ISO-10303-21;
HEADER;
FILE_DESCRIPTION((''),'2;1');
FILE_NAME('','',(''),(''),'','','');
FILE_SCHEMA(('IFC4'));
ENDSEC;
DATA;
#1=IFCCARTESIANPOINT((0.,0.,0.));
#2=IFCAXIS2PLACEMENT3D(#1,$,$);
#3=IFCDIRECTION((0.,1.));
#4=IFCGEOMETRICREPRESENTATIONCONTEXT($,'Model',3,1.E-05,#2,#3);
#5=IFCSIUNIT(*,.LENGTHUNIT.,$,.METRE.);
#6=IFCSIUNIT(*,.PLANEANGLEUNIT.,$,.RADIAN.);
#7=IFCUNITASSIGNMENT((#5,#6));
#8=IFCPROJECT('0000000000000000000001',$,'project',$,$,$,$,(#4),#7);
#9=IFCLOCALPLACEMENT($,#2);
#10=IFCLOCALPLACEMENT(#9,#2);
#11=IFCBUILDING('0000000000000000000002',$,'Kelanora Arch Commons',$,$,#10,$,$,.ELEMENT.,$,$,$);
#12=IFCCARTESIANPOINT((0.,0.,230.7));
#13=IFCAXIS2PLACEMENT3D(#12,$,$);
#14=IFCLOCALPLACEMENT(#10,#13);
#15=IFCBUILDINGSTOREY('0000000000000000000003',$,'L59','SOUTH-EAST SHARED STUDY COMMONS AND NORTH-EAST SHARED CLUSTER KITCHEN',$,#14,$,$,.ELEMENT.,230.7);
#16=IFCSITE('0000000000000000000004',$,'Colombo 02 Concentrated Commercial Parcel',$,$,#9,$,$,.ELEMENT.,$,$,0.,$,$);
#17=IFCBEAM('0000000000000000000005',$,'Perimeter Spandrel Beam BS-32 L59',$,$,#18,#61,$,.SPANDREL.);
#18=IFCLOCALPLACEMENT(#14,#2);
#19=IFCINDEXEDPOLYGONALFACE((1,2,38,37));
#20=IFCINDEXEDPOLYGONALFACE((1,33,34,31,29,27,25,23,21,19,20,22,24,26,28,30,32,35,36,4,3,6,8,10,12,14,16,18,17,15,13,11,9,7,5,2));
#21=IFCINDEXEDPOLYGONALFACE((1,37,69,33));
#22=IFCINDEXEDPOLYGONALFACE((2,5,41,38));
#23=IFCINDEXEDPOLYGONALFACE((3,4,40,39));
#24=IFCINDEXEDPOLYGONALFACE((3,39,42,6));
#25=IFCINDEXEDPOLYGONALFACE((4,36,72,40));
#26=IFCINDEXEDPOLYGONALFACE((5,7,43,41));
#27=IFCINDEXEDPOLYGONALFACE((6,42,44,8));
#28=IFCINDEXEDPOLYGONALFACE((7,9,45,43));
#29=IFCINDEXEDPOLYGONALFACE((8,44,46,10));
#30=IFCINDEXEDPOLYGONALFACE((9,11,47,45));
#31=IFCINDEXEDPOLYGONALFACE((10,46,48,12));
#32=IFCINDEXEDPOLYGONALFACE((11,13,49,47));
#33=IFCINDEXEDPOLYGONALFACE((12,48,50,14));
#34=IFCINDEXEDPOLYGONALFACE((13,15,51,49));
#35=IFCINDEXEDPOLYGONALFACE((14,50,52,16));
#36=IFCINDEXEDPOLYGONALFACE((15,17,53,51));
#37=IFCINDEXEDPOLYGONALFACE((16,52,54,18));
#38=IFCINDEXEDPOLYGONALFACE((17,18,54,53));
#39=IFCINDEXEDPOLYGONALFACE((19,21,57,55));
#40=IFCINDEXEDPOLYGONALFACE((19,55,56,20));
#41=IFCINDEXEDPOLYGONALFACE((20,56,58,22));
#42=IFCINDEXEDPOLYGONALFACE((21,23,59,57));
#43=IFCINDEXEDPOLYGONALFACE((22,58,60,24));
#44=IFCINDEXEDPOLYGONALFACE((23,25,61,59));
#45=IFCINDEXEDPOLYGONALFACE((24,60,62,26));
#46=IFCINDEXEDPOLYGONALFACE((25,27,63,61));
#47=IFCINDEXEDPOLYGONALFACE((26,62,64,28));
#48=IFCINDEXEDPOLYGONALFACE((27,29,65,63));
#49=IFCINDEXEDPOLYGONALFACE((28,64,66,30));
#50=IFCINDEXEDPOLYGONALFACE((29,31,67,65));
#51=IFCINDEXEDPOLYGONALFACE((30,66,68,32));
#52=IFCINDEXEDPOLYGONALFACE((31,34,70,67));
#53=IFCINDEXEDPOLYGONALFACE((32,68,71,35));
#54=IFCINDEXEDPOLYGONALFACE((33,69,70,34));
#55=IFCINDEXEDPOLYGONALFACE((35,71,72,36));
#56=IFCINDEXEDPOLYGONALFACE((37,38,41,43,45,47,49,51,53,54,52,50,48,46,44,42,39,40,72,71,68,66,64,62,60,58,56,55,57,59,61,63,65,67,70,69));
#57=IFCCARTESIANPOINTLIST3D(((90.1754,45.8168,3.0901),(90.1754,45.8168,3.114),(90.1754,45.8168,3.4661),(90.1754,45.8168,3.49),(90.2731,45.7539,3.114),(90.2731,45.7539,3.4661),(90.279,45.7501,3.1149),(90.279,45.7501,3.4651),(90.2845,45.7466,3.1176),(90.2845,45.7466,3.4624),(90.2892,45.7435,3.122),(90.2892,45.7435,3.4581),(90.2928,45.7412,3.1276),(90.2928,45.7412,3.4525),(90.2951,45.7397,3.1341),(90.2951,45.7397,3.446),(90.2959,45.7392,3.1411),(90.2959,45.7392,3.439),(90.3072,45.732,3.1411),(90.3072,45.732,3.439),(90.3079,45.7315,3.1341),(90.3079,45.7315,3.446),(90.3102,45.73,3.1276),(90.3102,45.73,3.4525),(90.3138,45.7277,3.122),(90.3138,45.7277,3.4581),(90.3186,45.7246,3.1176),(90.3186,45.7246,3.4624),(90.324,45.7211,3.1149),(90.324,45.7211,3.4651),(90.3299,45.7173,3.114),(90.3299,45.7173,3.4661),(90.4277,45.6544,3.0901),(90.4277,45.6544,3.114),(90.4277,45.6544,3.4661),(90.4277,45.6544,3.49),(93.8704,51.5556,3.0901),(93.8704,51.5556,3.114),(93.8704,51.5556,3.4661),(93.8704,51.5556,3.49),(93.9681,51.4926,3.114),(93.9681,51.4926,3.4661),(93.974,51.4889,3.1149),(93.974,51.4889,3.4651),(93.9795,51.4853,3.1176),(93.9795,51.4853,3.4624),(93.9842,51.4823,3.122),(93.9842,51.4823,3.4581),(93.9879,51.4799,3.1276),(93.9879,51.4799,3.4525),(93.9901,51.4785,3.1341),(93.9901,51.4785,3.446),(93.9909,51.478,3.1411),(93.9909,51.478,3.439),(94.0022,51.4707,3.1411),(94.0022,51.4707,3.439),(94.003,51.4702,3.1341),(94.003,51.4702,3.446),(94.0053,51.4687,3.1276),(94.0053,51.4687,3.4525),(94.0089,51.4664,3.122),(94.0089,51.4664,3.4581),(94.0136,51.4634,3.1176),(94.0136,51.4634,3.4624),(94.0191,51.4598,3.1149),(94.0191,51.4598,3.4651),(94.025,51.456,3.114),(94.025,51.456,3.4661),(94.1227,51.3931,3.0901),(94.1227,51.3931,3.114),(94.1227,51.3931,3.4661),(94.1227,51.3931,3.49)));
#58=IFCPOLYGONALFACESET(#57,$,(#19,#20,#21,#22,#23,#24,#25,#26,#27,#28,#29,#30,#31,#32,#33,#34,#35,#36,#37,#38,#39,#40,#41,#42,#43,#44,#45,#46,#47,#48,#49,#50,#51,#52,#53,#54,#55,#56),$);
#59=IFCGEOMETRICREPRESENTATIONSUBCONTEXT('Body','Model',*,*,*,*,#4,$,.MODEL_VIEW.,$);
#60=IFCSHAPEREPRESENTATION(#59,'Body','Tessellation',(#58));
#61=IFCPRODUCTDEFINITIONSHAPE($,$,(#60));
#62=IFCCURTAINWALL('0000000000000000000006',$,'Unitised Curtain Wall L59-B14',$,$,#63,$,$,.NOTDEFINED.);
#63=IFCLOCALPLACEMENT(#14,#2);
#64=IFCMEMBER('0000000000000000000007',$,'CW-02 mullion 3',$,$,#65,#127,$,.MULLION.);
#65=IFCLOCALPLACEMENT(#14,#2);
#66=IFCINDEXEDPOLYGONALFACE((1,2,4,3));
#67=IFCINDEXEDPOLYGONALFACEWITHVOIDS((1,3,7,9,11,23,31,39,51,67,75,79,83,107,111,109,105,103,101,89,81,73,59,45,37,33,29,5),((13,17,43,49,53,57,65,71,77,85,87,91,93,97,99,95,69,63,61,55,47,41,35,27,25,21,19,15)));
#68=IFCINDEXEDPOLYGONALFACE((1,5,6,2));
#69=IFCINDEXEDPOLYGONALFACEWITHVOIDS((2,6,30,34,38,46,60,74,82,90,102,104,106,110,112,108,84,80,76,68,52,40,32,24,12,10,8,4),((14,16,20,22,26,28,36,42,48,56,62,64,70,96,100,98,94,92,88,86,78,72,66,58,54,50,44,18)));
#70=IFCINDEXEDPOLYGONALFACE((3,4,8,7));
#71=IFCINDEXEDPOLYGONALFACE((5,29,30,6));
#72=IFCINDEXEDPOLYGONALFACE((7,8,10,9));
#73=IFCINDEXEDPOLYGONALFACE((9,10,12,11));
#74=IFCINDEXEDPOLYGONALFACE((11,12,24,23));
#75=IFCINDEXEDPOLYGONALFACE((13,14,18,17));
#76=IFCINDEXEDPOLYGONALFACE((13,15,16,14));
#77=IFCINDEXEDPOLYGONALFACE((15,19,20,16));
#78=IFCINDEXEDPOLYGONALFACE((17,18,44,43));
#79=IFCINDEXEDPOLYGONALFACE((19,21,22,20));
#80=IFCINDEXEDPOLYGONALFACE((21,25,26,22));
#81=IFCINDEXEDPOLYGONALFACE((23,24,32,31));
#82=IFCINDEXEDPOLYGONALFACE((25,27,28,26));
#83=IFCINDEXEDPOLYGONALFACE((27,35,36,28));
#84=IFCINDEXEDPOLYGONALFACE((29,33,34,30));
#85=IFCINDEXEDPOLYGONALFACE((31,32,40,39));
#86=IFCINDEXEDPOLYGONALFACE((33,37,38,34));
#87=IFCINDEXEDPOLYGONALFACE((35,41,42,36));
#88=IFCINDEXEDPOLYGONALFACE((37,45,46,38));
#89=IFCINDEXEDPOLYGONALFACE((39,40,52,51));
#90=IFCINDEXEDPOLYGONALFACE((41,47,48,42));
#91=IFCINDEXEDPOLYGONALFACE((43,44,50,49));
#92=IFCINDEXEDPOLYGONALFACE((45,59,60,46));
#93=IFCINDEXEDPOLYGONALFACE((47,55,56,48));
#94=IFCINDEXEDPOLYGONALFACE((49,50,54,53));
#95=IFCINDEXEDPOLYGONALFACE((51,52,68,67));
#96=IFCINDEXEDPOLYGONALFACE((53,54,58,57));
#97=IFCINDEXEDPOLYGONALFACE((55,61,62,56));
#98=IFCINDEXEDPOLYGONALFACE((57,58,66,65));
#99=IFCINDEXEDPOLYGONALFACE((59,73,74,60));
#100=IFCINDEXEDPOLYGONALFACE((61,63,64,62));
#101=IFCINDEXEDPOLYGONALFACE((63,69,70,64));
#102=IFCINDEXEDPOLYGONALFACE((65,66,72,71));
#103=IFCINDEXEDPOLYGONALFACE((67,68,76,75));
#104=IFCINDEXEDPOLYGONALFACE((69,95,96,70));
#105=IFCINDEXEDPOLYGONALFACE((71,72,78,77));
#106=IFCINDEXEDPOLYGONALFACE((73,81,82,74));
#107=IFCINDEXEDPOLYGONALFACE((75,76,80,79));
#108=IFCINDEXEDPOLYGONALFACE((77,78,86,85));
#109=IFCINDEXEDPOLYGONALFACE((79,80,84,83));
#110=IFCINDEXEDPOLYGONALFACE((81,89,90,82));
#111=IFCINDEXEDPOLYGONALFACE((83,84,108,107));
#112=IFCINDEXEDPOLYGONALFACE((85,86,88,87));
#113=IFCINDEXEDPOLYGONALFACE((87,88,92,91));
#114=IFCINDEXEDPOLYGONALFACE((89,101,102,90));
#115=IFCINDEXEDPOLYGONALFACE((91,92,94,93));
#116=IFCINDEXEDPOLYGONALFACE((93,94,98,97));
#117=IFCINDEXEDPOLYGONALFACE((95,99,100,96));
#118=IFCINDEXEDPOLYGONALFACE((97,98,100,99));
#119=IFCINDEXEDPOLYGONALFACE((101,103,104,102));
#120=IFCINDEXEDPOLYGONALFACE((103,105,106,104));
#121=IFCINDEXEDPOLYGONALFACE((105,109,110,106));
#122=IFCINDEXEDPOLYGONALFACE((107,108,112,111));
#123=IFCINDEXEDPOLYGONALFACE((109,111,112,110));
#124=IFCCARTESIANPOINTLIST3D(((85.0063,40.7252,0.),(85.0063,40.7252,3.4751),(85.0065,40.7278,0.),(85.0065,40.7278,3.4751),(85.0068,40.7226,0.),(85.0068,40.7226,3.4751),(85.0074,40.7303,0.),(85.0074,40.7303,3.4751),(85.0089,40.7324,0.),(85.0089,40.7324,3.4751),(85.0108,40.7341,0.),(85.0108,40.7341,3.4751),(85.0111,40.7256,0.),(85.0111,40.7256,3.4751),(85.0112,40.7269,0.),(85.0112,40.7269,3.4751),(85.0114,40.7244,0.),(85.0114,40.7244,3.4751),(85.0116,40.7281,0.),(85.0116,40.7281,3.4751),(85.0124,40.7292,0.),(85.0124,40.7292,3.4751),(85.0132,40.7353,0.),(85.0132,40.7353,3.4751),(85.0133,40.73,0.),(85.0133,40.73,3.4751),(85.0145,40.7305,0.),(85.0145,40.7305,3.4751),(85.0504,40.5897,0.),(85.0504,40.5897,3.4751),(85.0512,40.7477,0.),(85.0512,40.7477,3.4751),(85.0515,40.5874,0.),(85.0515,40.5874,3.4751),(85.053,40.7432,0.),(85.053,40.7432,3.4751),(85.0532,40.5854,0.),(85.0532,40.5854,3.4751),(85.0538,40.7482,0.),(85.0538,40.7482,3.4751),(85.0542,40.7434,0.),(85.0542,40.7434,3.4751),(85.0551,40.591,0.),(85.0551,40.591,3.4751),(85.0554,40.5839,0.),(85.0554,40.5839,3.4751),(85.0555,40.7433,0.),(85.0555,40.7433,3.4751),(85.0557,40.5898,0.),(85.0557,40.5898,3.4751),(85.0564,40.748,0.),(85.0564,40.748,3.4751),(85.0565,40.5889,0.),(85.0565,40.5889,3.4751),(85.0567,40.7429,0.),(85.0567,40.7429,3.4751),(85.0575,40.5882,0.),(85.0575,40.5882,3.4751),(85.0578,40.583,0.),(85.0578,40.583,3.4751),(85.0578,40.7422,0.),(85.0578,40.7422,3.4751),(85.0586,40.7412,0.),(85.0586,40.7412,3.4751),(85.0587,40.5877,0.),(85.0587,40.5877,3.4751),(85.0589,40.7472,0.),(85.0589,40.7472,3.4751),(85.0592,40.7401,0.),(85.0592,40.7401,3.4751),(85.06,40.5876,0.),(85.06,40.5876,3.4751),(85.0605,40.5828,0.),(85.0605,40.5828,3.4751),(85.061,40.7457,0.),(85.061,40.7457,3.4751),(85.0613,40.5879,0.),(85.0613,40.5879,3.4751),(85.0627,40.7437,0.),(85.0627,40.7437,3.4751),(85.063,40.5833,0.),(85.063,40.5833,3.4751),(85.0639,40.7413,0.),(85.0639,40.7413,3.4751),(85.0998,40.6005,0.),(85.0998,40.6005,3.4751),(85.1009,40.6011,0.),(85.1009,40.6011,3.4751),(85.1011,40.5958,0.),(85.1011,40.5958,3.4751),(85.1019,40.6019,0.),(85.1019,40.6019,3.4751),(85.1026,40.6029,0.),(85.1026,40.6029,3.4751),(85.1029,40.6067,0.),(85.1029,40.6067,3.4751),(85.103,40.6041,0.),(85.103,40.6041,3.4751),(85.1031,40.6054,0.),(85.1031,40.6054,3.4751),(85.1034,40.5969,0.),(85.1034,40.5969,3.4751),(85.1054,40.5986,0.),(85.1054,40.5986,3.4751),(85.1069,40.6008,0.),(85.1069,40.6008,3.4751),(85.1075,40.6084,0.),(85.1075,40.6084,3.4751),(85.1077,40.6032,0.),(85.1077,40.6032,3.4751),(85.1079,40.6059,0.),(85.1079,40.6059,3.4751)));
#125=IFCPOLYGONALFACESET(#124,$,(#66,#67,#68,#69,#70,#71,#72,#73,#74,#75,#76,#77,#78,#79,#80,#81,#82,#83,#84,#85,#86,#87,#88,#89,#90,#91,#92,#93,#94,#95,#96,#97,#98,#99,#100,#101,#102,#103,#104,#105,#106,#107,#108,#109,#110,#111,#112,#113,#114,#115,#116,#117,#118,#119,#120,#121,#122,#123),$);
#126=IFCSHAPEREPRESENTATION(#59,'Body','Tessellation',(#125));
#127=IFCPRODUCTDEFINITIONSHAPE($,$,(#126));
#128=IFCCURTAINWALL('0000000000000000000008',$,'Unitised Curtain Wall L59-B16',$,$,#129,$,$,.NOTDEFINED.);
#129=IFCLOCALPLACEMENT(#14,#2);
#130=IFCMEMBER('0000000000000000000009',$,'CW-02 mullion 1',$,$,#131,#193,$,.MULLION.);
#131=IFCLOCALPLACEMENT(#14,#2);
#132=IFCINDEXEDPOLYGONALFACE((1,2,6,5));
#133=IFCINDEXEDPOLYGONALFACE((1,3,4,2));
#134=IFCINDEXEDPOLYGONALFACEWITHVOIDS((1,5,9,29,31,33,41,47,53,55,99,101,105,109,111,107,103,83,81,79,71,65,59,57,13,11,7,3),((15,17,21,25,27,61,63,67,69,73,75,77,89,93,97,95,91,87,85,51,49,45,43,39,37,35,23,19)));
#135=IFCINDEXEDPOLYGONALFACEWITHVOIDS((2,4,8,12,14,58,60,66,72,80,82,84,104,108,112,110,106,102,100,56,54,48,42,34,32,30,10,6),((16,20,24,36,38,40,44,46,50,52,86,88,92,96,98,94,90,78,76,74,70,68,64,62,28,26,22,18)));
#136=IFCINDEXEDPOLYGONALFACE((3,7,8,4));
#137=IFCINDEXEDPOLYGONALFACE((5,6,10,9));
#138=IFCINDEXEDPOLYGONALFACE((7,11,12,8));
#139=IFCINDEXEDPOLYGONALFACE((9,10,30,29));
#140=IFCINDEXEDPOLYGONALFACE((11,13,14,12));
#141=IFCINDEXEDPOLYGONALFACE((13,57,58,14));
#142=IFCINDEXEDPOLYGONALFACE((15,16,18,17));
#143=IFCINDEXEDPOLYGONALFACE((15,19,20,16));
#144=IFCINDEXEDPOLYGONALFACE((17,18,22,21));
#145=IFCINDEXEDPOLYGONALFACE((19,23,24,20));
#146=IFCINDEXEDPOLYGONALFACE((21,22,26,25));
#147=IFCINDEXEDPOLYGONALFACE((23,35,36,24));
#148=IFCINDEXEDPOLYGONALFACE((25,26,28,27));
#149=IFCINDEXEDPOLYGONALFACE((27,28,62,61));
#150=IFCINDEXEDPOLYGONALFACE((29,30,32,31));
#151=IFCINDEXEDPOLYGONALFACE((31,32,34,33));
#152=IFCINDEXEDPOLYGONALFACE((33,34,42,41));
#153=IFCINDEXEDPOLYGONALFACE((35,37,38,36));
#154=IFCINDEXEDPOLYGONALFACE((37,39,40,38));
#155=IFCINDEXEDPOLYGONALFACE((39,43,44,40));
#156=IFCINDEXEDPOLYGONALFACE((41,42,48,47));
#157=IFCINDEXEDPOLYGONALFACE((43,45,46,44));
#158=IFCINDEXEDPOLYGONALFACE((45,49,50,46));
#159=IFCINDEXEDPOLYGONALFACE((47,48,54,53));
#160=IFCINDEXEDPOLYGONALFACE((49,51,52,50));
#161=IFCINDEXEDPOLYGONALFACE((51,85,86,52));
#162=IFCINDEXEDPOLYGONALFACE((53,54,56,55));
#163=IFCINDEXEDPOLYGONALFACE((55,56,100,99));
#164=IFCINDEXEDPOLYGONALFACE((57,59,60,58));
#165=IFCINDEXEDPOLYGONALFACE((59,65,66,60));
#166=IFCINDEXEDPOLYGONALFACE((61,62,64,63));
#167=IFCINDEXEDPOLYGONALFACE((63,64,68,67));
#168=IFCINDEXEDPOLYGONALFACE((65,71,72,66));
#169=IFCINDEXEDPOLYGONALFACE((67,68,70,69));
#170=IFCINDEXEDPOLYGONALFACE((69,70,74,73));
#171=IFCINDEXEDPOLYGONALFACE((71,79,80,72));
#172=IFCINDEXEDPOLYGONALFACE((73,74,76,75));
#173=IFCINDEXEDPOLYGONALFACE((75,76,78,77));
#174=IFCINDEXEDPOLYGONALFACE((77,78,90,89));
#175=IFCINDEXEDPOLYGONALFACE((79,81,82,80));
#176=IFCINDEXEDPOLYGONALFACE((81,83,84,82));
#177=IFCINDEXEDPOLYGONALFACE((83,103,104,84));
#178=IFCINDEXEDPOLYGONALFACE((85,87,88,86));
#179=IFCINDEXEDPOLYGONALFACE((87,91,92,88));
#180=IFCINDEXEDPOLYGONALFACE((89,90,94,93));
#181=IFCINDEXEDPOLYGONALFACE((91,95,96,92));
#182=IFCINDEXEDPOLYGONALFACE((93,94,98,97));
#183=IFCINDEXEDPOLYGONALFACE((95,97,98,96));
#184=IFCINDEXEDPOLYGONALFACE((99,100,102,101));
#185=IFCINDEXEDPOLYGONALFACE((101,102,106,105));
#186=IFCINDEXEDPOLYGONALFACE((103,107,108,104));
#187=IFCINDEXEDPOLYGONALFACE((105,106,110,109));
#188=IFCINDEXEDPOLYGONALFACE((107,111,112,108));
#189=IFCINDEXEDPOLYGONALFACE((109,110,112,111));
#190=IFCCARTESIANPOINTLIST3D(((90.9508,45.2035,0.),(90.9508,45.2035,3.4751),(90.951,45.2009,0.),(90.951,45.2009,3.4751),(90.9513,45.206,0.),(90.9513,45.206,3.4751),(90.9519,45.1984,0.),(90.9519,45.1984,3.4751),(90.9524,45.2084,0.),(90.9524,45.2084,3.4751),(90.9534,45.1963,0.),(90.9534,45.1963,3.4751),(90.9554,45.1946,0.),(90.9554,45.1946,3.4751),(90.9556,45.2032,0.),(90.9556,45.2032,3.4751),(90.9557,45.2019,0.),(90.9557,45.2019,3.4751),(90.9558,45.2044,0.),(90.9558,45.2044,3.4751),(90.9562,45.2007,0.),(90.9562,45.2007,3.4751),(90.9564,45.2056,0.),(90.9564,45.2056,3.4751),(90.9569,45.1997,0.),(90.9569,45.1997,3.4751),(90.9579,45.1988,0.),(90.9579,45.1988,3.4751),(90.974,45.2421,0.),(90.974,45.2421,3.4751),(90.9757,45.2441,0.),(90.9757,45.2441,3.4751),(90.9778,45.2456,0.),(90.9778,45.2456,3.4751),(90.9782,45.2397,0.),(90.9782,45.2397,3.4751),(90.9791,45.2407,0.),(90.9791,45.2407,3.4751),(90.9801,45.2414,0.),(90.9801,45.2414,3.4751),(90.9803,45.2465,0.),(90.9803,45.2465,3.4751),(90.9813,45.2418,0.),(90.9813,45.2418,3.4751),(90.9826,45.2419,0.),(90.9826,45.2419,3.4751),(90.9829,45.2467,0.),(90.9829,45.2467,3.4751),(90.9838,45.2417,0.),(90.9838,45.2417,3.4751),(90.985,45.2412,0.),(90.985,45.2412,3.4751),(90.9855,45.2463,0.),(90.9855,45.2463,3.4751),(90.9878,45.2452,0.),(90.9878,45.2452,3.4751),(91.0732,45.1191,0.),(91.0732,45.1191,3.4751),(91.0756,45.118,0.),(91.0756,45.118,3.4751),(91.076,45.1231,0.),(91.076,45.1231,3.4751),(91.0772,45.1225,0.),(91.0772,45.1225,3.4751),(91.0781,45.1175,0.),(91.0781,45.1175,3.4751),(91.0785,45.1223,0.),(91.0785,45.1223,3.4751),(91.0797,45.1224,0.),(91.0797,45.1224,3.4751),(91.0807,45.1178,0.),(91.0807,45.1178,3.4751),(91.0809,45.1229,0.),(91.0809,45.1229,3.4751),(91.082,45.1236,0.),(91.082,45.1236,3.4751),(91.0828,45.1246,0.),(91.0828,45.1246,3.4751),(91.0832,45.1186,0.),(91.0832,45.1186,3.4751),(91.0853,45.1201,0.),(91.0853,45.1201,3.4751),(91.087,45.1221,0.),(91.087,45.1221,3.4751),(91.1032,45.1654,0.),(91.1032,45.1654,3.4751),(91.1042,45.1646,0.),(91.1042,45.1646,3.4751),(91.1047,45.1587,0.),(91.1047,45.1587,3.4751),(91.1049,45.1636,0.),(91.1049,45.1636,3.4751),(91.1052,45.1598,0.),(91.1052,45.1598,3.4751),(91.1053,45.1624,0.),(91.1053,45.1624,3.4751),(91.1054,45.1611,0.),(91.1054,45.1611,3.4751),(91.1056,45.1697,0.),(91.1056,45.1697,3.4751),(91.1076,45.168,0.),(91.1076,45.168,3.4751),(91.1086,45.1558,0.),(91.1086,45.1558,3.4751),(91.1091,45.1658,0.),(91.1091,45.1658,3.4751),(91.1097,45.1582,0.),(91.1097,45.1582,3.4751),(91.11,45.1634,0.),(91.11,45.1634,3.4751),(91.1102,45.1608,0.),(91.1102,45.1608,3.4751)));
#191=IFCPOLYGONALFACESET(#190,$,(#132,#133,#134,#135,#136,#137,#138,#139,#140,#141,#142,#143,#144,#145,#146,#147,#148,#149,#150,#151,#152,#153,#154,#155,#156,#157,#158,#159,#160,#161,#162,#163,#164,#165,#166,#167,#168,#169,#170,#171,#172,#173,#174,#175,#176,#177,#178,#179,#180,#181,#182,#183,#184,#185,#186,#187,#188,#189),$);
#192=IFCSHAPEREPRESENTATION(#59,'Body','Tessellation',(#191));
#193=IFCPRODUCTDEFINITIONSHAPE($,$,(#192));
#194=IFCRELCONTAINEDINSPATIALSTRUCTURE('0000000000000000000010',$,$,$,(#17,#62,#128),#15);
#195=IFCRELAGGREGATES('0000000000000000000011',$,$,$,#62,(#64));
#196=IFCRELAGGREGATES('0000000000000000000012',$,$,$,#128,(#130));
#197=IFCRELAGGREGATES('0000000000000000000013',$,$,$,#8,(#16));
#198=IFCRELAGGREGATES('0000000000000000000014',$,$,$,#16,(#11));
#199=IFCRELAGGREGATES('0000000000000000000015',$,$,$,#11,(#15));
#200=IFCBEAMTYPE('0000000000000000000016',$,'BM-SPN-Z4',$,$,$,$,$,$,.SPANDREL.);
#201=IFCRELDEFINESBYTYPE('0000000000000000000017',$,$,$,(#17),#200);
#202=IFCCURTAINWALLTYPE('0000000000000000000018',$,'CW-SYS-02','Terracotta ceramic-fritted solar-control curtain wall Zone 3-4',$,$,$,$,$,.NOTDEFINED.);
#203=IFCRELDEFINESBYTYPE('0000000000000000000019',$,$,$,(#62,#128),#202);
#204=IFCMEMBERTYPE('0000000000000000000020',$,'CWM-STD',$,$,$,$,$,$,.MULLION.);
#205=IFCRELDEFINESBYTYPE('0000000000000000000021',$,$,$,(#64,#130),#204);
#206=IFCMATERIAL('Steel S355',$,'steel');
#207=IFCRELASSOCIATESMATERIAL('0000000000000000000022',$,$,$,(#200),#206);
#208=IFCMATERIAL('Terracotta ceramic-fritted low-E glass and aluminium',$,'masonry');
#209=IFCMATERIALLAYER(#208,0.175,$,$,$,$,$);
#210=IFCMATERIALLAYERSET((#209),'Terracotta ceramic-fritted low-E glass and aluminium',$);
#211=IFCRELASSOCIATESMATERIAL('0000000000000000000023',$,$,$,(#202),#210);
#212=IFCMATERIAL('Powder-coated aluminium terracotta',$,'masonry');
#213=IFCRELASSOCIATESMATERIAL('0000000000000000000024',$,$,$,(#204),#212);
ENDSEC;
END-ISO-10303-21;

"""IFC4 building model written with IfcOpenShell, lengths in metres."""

from ifc_helpers import new_model, si_unit, direction, frame, origin, origin_2d, place, context, subcontext, project, spatial, hollow_rectangle, i_section, extrude, material, layer, layer_set, material_profile, profile_set, type_object, element, aggregate, save


model = new_model("IFC4")

# Units and contexts
model_context = context("Model", 3, precision=1e-05, world=origin(), true_north=direction((0.0, 1.0)))
body_context = subcontext(model_context, "Body", "Model", "MODEL_VIEW")
ifc_project = project(units=[si_unit("LENGTHUNIT", "METRE"), si_unit("PLANEANGLEUNIT", "RADIAN")], contexts=[model_context])

# Site, building, storey
site_placement = place(None, origin())
site = spatial("IfcSite", under=ifc_project, at=site_placement, Name="Colombo 02 Concentrated Commercial Parcel", CompositionType="ELEMENT", RefElevation=0.0)
building_placement = place(site_placement, origin())
building = spatial("IfcBuilding", under=site, at=building_placement, Name="Kelanora Arch Commons", CompositionType="ELEMENT")
storey_placement = place(building_placement, frame((0.0, 0.0, 230.7)))
storey = spatial("IfcBuildingStorey", under=building, at=storey_placement, Name="L59", Description="SOUTH-EAST SHARED STUDY COMMONS AND NORTH-EAST SHARED CLUSTER KITCHEN", CompositionType="ELEMENT", Elevation=230.7)

# Beam
ifc_material_1 = material(Name="Steel S355", Category="steel")
ifc_material_profile_1 = material_profile(ifc_material_1, i_section(OverallWidth=0.3, OverallDepth=0.3999, WebThickness=0.0134, FlangeThickness=0.0239, FilletRadius=0.0271, at=origin_2d()), Name="HEB400")
ifc_profile_set_1 = profile_set([ifc_material_profile_1], Name="Steel S355")
beam_type_1 = type_object("IfcBeamType", Name="BM-SPN-Z4", PredefinedType="SPANDREL", material=ifc_profile_set_1)
beam_1_placement = place(storey_placement, frame((90.3015, 45.7356, 3.29), z_axis=(0.541365, 0.840788, 0.0), x_axis=(-0.840788, 0.541365, 0.0)))
element("IfcBeam", 1, at=beam_1_placement, inside=storey, type_object=beam_type_1, Name="Perimeter Spandrel Beam BS-32 L59", PredefinedType="SPANDREL", context=body_context, shape_type="SweptSolid", body=[
    extrude(i_section(OverallWidth=0.3, OverallDepth=0.3999, WebThickness=0.0134, FlangeThickness=0.0239, FilletRadius=0.0271, at=origin_2d()), origin(), (0.0, 0.0, 1.0), 6.8254),
])

# Curtain wall, member
ifc_material_2 = material(Name="Terracotta ceramic-fritted low-E glass and aluminium", Category="masonry")
ifc_layer_1 = layer(ifc_material_2, 0.175)
ifc_layer_set_1 = layer_set([ifc_layer_1], Name="Terracotta ceramic-fritted low-E glass and aluminium")
curtain_wall_type = type_object("IfcCurtainWallType", Name="CW-SYS-02", Description="Terracotta ceramic-fritted solar-control curtain wall Zone 3-4", PredefinedType="NOTDEFINED", material=ifc_layer_set_1)
curtain_wall_1_placement = place(storey_placement, origin())
curtain_wall_1 = element("IfcCurtainWall", 2, at=curtain_wall_1_placement, inside=storey, type_object=curtain_wall_type, Name="Unitised Curtain Wall L59-B14", PredefinedType="NOTDEFINED")
ifc_material_3 = material(Name="Powder-coated aluminium terracotta", Category="masonry")
ifc_material_profile_2 = material_profile(ifc_material_3, hollow_rectangle(XDim=0.1599, YDim=0.0601, WallThickness=0.0049, InnerFilletRadius=0.0049, OuterFilletRadius=0.01, at=origin_2d()), Name="CWM160x60")
ifc_profile_set_2 = profile_set([ifc_material_profile_2], Name="Powder-coated aluminium terracotta")
member_type_1 = type_object("IfcMemberType", Name="CWM-STD", PredefinedType="MULLION", material=ifc_profile_set_2)
member_1_placement = place(storey_placement, frame((85.0571, 40.6655, 0.0), z_axis=(0.0, 0.0, 1.0), x_axis=(-0.311582, 0.950219, 0.0)))
member_1 = element("IfcMember", 3, at=member_1_placement, type_object=member_type_1, Name="CW-02 mullion 3", PredefinedType="MULLION", context=body_context, shape_type="SweptSolid", body=[
    extrude(hollow_rectangle(XDim=0.1599, YDim=0.0601, WallThickness=0.0049, InnerFilletRadius=0.0049, OuterFilletRadius=0.01, at=origin_2d()), origin(), (0.0, 0.0, 1.0), 3.4751),
])

# Curtain wall, member
curtain_wall_2_placement = place(storey_placement, origin())
curtain_wall_2 = element("IfcCurtainWall", 4, at=curtain_wall_2_placement, inside=storey, type_object=curtain_wall_type, Name="Unitised Curtain Wall L59-B16", PredefinedType="NOTDEFINED")
member_2_placement = place(storey_placement, frame((91.0305, 45.1821, 0.0), z_axis=(0.0, 0.0, 1.0), x_axis=(-0.841948, 0.539559, 0.0)))
member_2 = element("IfcMember", 5, at=member_2_placement, type_object=member_type_1, Name="CW-02 mullion 1", PredefinedType="MULLION", context=body_context, shape_type="SweptSolid", body=[
    extrude(hollow_rectangle(XDim=0.1599, YDim=0.0601, WallThickness=0.0049, InnerFilletRadius=0.0049, OuterFilletRadius=0.01, at=origin_2d()), origin(), (0.0, 0.0, 1.0), 3.4751),
])

aggregate(curtain_wall_1, [member_1])
aggregate(curtain_wall_2, [member_2])

save(model, "model.ifc")
